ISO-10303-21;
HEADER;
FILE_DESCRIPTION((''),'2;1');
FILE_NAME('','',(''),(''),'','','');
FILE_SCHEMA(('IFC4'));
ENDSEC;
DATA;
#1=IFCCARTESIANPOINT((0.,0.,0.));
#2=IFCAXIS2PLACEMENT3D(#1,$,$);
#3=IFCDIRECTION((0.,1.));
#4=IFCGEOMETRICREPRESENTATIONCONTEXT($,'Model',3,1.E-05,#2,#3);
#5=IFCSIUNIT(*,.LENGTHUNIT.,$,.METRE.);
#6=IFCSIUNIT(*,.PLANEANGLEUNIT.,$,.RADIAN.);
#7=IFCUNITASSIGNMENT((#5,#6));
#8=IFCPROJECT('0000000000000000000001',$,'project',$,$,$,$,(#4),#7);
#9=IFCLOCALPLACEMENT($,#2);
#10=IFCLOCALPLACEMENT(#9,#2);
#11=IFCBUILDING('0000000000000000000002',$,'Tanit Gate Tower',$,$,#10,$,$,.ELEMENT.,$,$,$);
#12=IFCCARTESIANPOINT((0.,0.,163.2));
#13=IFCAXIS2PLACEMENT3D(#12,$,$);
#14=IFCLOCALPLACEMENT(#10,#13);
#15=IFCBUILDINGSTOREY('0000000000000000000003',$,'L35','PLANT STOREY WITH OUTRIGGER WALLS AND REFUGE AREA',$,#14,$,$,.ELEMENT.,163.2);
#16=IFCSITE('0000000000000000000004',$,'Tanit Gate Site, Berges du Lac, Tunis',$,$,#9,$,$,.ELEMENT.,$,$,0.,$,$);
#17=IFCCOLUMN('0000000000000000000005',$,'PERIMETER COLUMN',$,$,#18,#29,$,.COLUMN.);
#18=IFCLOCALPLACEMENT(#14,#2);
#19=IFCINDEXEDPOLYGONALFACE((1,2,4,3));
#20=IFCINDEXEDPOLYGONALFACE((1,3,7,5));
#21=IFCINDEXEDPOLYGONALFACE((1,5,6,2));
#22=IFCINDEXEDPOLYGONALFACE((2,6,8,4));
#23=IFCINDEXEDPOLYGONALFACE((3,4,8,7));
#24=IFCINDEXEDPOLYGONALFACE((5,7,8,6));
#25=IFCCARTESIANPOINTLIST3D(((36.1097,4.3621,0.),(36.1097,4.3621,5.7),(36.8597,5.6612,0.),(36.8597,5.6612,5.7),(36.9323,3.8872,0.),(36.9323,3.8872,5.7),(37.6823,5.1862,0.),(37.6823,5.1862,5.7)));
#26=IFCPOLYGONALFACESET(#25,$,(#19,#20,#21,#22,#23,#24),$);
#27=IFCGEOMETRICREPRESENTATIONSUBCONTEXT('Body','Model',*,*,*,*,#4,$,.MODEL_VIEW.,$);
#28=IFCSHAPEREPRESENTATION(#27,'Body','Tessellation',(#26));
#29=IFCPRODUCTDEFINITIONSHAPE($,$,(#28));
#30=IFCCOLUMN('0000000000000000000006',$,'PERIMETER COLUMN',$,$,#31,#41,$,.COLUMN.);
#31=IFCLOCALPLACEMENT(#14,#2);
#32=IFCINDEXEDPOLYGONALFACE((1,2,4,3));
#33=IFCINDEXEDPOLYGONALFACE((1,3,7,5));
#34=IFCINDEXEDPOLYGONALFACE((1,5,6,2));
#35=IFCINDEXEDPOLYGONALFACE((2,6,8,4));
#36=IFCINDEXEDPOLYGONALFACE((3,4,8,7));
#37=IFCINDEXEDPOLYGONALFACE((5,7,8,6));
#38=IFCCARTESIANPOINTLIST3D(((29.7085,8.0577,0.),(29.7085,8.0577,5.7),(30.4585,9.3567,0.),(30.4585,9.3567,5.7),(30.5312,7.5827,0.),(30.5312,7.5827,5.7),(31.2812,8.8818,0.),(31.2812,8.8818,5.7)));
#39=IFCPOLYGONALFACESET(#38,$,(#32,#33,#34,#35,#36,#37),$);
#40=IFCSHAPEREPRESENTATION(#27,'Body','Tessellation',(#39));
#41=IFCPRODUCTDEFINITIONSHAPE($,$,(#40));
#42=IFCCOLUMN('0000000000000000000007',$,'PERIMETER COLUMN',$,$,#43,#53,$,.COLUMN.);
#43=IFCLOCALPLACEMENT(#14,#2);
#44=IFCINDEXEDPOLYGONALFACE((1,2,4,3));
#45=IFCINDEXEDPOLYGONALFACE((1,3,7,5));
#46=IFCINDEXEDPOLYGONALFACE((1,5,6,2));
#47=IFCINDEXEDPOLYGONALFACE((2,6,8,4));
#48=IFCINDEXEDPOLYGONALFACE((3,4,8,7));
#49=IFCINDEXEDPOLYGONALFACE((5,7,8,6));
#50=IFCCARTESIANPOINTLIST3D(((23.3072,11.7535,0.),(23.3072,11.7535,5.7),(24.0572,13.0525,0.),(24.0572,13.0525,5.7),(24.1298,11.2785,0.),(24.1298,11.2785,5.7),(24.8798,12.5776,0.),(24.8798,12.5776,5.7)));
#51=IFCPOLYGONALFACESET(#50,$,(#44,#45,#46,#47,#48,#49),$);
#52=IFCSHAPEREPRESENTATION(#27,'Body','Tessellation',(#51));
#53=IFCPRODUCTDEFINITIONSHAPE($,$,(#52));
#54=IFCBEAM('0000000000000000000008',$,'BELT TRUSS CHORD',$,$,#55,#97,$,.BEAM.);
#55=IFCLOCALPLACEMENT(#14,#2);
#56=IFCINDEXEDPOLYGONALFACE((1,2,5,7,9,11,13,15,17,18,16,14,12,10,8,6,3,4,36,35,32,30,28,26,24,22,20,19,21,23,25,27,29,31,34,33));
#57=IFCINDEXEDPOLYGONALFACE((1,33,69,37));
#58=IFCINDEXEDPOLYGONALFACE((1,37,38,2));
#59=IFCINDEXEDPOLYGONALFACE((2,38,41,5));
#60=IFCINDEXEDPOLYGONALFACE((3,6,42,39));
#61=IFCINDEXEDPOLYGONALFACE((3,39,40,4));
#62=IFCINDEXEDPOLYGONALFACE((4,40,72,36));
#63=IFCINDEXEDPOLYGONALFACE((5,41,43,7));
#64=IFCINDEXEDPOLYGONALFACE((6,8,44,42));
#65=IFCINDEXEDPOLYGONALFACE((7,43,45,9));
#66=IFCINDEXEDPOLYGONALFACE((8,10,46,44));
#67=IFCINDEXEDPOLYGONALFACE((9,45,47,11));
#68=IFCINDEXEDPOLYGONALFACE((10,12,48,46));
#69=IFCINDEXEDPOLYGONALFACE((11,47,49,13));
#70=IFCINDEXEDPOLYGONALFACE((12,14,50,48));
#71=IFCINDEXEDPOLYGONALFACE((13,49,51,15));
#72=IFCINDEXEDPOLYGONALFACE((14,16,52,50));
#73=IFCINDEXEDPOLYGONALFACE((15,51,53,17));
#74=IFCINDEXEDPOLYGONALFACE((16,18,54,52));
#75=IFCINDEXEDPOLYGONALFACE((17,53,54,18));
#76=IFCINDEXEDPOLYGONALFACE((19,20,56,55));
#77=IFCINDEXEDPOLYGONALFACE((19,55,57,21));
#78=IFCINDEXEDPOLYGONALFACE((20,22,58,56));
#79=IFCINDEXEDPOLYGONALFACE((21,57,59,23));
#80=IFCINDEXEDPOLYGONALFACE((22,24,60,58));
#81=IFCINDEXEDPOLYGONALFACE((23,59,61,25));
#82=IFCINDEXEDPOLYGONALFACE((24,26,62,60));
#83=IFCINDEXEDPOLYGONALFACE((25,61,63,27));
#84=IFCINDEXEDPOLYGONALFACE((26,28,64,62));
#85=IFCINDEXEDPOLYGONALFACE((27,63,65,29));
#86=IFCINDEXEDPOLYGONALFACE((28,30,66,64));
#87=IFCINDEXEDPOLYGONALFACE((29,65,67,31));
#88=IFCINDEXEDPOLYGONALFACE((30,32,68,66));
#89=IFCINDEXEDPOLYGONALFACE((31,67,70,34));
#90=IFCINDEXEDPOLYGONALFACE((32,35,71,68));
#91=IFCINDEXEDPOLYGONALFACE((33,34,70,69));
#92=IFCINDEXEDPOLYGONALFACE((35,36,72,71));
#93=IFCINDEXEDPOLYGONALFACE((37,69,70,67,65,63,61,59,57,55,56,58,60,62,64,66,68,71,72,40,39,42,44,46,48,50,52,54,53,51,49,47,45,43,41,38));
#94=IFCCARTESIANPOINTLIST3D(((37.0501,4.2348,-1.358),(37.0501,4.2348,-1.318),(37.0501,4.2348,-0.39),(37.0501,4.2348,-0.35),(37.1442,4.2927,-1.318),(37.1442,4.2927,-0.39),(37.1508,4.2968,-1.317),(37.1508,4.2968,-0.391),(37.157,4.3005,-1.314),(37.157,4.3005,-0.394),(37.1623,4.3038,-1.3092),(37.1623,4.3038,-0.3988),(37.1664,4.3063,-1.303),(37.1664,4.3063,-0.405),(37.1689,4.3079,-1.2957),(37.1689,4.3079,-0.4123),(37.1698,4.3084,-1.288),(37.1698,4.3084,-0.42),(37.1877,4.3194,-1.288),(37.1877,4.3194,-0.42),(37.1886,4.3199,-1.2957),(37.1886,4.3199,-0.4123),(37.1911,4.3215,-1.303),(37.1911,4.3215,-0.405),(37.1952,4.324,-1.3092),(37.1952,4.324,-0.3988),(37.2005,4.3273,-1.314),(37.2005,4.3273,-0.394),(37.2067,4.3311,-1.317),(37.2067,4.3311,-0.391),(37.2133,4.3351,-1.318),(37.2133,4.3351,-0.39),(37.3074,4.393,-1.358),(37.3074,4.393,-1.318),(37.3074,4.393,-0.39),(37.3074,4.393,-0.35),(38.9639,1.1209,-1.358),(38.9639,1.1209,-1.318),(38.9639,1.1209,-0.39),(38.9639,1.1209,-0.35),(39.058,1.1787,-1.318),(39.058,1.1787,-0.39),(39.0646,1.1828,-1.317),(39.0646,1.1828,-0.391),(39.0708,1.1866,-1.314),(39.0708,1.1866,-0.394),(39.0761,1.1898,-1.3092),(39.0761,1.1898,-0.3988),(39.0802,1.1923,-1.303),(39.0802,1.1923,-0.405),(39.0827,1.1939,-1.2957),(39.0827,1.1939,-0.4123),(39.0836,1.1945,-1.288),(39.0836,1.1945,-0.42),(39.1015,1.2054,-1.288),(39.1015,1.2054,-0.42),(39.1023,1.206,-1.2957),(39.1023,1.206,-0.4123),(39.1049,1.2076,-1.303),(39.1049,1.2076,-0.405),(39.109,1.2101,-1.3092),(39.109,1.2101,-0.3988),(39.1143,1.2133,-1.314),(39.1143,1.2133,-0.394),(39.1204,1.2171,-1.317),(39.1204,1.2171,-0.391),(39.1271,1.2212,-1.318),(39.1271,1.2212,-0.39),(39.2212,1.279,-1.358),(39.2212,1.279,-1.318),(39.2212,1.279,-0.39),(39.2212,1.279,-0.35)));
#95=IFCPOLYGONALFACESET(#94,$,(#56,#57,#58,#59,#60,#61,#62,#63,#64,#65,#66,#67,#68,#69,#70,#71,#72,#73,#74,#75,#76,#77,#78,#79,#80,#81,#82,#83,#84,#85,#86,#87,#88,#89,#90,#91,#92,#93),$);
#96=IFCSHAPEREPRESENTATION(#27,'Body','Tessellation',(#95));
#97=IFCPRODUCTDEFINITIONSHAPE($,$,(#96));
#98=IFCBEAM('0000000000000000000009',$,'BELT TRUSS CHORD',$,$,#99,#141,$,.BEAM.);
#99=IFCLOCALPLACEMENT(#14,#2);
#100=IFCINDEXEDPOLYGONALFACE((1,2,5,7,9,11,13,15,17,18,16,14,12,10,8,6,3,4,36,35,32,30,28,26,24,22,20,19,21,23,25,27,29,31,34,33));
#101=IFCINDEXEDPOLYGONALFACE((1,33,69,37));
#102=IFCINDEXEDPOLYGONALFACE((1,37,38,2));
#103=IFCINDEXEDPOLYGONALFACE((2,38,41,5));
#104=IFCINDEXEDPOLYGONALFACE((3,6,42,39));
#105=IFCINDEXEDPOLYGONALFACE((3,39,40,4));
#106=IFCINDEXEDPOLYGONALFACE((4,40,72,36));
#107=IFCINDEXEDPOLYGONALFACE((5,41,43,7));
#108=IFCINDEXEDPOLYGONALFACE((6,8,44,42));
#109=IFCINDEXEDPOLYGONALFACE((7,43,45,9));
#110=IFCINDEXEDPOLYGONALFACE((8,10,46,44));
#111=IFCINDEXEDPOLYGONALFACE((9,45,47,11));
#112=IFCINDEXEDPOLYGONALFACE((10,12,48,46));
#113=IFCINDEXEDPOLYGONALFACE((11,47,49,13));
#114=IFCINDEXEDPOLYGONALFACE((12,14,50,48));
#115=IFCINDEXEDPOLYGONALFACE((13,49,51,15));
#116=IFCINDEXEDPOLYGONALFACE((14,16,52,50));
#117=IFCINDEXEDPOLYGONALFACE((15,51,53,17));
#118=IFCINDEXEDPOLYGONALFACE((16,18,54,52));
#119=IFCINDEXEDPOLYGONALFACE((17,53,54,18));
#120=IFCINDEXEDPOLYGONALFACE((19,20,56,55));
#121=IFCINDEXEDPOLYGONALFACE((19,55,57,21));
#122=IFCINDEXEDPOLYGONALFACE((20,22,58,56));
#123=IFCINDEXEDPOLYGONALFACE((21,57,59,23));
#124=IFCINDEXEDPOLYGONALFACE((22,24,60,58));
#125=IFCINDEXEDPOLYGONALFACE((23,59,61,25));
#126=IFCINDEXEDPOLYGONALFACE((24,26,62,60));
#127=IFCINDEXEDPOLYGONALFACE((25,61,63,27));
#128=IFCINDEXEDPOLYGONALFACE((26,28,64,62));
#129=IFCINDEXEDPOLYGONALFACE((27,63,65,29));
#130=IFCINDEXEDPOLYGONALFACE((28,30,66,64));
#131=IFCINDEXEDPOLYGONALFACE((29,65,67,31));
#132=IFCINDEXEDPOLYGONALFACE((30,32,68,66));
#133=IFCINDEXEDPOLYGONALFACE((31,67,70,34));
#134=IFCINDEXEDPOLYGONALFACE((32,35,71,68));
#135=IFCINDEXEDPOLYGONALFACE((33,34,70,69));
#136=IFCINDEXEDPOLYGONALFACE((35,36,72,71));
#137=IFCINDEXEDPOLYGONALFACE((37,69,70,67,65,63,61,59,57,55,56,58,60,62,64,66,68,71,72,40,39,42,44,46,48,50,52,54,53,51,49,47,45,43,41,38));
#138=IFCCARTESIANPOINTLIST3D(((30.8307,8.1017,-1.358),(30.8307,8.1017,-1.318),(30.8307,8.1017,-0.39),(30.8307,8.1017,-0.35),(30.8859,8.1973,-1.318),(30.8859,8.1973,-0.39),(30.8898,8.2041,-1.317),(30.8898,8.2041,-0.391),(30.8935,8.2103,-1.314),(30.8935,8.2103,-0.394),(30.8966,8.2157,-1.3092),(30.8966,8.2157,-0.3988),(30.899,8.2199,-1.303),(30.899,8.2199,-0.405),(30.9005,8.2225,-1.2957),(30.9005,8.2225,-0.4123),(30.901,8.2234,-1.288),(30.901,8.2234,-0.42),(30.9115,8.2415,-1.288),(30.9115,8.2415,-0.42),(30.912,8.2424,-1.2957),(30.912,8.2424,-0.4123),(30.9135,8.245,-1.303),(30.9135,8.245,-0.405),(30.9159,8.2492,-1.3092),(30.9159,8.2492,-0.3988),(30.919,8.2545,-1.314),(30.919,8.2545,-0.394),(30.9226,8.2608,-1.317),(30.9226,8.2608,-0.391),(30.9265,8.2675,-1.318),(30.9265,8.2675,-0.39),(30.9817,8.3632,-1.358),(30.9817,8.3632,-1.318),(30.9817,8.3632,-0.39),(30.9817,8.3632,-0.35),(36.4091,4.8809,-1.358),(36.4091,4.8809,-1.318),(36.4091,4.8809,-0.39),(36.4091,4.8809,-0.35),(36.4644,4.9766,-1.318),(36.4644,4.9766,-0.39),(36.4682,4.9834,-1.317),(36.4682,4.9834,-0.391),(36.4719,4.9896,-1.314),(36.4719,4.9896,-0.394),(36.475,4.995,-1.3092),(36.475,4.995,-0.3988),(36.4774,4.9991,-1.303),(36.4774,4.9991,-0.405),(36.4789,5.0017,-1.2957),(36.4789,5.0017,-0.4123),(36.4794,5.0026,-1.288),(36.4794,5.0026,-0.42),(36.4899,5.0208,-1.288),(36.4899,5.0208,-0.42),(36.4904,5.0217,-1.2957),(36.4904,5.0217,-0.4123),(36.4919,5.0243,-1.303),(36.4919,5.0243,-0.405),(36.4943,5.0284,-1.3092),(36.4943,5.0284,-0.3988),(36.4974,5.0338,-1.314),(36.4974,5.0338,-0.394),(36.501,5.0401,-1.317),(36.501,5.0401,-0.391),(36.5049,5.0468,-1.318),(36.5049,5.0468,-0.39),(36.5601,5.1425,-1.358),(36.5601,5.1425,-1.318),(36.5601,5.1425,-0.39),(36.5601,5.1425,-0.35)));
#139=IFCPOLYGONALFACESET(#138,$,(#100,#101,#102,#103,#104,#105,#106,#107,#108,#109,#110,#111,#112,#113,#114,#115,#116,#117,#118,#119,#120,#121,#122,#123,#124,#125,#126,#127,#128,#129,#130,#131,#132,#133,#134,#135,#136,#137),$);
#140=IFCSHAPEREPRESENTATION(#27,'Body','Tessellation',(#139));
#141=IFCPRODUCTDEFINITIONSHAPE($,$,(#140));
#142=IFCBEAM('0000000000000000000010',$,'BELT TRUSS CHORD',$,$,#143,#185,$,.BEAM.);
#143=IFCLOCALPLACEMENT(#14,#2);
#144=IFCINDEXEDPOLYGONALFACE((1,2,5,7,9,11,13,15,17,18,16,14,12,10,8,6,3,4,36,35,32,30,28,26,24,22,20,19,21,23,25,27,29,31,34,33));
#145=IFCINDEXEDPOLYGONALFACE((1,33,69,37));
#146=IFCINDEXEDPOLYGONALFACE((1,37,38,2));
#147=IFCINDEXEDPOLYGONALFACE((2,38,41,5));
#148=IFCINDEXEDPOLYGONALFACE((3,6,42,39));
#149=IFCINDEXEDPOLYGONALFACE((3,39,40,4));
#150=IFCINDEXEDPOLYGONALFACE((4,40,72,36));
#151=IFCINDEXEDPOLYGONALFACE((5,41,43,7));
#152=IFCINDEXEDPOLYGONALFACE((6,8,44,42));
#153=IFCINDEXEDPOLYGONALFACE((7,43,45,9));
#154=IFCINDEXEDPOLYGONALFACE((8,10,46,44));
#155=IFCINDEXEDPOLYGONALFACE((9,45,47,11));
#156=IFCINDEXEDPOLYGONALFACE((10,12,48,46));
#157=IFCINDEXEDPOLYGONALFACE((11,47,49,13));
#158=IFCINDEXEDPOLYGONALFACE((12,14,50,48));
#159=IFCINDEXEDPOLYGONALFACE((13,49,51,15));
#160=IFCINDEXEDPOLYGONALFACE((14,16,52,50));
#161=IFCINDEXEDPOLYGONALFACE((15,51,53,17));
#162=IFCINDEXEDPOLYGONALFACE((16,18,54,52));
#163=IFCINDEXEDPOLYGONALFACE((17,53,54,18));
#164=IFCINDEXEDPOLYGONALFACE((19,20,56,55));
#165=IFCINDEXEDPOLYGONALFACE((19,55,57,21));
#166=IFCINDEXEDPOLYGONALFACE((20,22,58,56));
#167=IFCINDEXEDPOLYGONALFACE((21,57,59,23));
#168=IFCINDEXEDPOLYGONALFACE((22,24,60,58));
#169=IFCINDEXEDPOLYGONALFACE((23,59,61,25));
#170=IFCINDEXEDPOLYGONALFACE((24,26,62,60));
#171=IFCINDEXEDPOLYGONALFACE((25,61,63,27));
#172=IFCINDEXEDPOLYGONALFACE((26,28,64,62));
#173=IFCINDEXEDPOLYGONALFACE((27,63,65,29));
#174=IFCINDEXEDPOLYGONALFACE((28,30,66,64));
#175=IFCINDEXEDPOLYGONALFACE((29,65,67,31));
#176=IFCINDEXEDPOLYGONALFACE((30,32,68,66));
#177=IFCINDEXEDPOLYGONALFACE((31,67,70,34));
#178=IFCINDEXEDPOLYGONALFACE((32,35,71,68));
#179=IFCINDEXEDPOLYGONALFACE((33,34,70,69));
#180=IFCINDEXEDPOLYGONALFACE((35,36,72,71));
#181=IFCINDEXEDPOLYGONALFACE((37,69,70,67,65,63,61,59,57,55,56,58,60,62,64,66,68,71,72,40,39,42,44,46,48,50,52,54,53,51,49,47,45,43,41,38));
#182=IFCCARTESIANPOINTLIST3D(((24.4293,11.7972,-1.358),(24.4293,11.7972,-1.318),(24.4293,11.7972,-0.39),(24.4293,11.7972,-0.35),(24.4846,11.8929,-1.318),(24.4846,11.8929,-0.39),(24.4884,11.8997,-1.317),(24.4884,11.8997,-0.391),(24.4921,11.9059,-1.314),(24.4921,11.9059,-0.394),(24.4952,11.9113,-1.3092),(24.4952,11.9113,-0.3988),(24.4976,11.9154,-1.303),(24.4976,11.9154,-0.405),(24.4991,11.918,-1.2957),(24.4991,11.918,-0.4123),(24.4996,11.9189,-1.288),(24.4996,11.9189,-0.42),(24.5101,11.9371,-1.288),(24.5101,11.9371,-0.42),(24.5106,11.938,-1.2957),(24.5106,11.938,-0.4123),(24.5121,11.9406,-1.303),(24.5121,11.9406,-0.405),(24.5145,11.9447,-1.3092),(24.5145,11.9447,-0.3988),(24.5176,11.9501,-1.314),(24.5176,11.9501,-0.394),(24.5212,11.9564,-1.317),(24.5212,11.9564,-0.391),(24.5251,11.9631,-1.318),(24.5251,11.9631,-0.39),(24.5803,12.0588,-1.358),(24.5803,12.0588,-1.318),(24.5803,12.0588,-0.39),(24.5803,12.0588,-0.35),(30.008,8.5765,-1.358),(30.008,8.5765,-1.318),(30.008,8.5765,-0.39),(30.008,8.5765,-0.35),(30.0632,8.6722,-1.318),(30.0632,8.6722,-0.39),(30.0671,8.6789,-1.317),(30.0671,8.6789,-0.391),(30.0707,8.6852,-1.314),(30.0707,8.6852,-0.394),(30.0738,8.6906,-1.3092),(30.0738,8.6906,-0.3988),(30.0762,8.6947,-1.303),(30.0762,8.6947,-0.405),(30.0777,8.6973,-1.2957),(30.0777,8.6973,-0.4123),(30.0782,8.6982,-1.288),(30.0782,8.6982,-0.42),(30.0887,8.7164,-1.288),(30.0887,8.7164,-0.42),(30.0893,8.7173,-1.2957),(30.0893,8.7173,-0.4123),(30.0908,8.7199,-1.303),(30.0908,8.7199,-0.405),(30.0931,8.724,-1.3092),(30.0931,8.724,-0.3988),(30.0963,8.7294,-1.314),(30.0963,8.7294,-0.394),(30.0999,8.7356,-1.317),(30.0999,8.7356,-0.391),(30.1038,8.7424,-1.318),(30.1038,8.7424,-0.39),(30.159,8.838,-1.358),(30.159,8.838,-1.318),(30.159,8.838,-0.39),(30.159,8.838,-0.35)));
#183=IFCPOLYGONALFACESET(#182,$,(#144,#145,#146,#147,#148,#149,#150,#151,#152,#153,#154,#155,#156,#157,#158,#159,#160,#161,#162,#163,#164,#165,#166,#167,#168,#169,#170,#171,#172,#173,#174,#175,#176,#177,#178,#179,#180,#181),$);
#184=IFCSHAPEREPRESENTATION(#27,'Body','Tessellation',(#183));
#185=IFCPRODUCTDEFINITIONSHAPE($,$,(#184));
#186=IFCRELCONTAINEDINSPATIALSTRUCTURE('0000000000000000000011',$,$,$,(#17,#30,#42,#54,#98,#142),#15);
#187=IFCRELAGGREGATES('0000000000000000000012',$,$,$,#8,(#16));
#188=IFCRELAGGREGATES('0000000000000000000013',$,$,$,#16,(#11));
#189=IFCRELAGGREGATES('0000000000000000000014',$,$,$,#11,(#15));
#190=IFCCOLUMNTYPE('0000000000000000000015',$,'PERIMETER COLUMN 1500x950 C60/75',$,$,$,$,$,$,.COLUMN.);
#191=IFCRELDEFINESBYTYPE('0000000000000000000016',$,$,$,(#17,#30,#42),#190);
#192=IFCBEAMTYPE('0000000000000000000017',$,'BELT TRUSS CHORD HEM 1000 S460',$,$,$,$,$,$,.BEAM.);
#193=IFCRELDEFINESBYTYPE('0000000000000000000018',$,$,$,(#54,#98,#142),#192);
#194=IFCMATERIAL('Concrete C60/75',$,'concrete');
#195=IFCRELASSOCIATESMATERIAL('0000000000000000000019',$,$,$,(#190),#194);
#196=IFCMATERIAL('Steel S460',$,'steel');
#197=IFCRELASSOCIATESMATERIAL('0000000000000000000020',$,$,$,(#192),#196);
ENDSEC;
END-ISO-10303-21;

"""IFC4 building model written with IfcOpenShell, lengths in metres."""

from ifc_helpers import new_model, si_unit, direction, frame, origin, origin_2d, place, context, subcontext, project, spatial, rectangle, i_section, extrude, material, material_profile, profile_set, type_object, element, save


model = new_model("IFC4")

# Units and contexts
model_context = context("Model", 3, precision=1e-05, world=origin(), true_north=direction((0.0, 1.0)))
body_context = subcontext(model_context, "Body", "Model", "MODEL_VIEW")
ifc_project = project(units=[si_unit("LENGTHUNIT", "METRE"), si_unit("PLANEANGLEUNIT", "RADIAN")], contexts=[model_context])

# Site, building, storey
site_placement = place(None, origin())
site = spatial("IfcSite", under=ifc_project, at=site_placement, Name="Tanit Gate Site, Berges du Lac, Tunis", CompositionType="ELEMENT", RefElevation=0.0)
building_placement = place(site_placement, origin())
building = spatial("IfcBuilding", under=site, at=building_placement, Name="Tanit Gate Tower", CompositionType="ELEMENT")
storey_placement = place(building_placement, frame((0.0, 0.0, 163.2)))
storey = spatial("IfcBuildingStorey", under=building, at=storey_placement, Name="L35", Description="PLANT STOREY WITH OUTRIGGER WALLS AND REFUGE AREA", CompositionType="ELEMENT", Elevation=163.2)

# Columns
ifc_material_1 = material(Name="Concrete C60/75", Category="concrete")
ifc_material_profile_1 = material_profile(ifc_material_1, rectangle(XDim=1.5, YDim=0.95, at=origin_2d()), Name="RC 1500x950")
ifc_profile_set_1 = profile_set([ifc_material_profile_1], Name="Concrete C60/75")
column_type = type_object("IfcColumnType", Name="PERIMETER COLUMN 1500x950 C60/75", PredefinedType="COLUMN", material=ifc_profile_set_1)
for number, where, z_axis, x_axis, name in (
    (1, (36.896, 4.7742, 0.0), (0.0, 0.0, 1.0), (0.5, 0.866025, 0.0), "PERIMETER COLUMN"),
    (2, (30.4949, 8.4697, 0.0), (0.0, 0.0, 1.0), (0.5, 0.866025, 0.0), "PERIMETER COLUMN"),
    (3, (24.0935, 12.1655, 0.0), (0.0, 0.0, 1.0), (0.5, 0.866025, 0.0), "PERIMETER COLUMN"),
):
    element("IfcColumn", number, at=place(storey_placement, frame(where, z_axis=z_axis, x_axis=x_axis)), inside=storey, type_object=column_type, Name=name, PredefinedType="COLUMN", context=body_context, shape_type="SweptSolid", body=[
        extrude(rectangle(XDim=1.5, YDim=0.95, at=origin_2d()), origin(), (0.0, 0.0, 1.0), 5.7),
    ])

# Beams
ifc_material_2 = material(Name="Steel S460", Category="steel")
ifc_material_profile_2 = material_profile(ifc_material_2, i_section(OverallWidth=0.302, OverallDepth=1.0081, WebThickness=0.021, FlangeThickness=0.04, FilletRadius=0.03, at=origin_2d()), Name="HEM 1000")
ifc_profile_set_2 = profile_set([ifc_material_profile_2], Name="Steel S460")
beam_type_1 = type_object("IfcBeamType", Name="BELT TRUSS CHORD HEM 1000 S460", PredefinedType="BEAM", material=ifc_profile_set_2)
beam_1_placement = place(storey_placement, frame((39.0925, 1.2, -0.854), z_axis=(-0.523602, 0.851963, 0.0), x_axis=(-0.851963, -0.523602, 0.0)))
element("IfcBeam", 4, at=beam_1_placement, inside=storey, type_object=beam_type_1, Name="BELT TRUSS CHORD", PredefinedType="BEAM", context=body_context, shape_type="SweptSolid", body=[
    extrude(i_section(OverallWidth=0.302, OverallDepth=1.0081, WebThickness=0.021, FlangeThickness=0.04, FilletRadius=0.03, at=origin_2d()), origin(), (0.0, 0.0, 1.0), 3.655),
])
beam_2_placement = place(storey_placement, frame((36.4846, 5.0117, -0.854), z_axis=(-0.866023, 0.500004, 0.0), x_axis=(-0.500004, -0.866023, 0.0)))
element("IfcBeam", 5, at=beam_2_placement, inside=storey, type_object=beam_type_1, Name="BELT TRUSS CHORD", PredefinedType="BEAM", context=body_context, shape_type="SweptSolid", body=[
    extrude(i_section(OverallWidth=0.302, OverallDepth=1.0081, WebThickness=0.021, FlangeThickness=0.04, FilletRadius=0.03, at=origin_2d()), origin(), (0.0, 0.0, 1.0), 6.4414),
])
beam_3_placement = place(storey_placement, frame((30.0835, 8.7073, -0.854), z_axis=(-0.866033, 0.499987, 0.0), x_axis=(-0.499987, -0.866033, 0.0)))
element("IfcBeam", 6, at=beam_3_placement, inside=storey, type_object=beam_type_1, Name="BELT TRUSS CHORD", PredefinedType="BEAM", context=body_context, shape_type="SweptSolid", body=[
    extrude(i_section(OverallWidth=0.302, OverallDepth=1.0081, WebThickness=0.021, FlangeThickness=0.04, FilletRadius=0.03, at=origin_2d()), origin(), (0.0, 0.0, 1.0), 6.4417),
])

save(model, "model.ifc")
